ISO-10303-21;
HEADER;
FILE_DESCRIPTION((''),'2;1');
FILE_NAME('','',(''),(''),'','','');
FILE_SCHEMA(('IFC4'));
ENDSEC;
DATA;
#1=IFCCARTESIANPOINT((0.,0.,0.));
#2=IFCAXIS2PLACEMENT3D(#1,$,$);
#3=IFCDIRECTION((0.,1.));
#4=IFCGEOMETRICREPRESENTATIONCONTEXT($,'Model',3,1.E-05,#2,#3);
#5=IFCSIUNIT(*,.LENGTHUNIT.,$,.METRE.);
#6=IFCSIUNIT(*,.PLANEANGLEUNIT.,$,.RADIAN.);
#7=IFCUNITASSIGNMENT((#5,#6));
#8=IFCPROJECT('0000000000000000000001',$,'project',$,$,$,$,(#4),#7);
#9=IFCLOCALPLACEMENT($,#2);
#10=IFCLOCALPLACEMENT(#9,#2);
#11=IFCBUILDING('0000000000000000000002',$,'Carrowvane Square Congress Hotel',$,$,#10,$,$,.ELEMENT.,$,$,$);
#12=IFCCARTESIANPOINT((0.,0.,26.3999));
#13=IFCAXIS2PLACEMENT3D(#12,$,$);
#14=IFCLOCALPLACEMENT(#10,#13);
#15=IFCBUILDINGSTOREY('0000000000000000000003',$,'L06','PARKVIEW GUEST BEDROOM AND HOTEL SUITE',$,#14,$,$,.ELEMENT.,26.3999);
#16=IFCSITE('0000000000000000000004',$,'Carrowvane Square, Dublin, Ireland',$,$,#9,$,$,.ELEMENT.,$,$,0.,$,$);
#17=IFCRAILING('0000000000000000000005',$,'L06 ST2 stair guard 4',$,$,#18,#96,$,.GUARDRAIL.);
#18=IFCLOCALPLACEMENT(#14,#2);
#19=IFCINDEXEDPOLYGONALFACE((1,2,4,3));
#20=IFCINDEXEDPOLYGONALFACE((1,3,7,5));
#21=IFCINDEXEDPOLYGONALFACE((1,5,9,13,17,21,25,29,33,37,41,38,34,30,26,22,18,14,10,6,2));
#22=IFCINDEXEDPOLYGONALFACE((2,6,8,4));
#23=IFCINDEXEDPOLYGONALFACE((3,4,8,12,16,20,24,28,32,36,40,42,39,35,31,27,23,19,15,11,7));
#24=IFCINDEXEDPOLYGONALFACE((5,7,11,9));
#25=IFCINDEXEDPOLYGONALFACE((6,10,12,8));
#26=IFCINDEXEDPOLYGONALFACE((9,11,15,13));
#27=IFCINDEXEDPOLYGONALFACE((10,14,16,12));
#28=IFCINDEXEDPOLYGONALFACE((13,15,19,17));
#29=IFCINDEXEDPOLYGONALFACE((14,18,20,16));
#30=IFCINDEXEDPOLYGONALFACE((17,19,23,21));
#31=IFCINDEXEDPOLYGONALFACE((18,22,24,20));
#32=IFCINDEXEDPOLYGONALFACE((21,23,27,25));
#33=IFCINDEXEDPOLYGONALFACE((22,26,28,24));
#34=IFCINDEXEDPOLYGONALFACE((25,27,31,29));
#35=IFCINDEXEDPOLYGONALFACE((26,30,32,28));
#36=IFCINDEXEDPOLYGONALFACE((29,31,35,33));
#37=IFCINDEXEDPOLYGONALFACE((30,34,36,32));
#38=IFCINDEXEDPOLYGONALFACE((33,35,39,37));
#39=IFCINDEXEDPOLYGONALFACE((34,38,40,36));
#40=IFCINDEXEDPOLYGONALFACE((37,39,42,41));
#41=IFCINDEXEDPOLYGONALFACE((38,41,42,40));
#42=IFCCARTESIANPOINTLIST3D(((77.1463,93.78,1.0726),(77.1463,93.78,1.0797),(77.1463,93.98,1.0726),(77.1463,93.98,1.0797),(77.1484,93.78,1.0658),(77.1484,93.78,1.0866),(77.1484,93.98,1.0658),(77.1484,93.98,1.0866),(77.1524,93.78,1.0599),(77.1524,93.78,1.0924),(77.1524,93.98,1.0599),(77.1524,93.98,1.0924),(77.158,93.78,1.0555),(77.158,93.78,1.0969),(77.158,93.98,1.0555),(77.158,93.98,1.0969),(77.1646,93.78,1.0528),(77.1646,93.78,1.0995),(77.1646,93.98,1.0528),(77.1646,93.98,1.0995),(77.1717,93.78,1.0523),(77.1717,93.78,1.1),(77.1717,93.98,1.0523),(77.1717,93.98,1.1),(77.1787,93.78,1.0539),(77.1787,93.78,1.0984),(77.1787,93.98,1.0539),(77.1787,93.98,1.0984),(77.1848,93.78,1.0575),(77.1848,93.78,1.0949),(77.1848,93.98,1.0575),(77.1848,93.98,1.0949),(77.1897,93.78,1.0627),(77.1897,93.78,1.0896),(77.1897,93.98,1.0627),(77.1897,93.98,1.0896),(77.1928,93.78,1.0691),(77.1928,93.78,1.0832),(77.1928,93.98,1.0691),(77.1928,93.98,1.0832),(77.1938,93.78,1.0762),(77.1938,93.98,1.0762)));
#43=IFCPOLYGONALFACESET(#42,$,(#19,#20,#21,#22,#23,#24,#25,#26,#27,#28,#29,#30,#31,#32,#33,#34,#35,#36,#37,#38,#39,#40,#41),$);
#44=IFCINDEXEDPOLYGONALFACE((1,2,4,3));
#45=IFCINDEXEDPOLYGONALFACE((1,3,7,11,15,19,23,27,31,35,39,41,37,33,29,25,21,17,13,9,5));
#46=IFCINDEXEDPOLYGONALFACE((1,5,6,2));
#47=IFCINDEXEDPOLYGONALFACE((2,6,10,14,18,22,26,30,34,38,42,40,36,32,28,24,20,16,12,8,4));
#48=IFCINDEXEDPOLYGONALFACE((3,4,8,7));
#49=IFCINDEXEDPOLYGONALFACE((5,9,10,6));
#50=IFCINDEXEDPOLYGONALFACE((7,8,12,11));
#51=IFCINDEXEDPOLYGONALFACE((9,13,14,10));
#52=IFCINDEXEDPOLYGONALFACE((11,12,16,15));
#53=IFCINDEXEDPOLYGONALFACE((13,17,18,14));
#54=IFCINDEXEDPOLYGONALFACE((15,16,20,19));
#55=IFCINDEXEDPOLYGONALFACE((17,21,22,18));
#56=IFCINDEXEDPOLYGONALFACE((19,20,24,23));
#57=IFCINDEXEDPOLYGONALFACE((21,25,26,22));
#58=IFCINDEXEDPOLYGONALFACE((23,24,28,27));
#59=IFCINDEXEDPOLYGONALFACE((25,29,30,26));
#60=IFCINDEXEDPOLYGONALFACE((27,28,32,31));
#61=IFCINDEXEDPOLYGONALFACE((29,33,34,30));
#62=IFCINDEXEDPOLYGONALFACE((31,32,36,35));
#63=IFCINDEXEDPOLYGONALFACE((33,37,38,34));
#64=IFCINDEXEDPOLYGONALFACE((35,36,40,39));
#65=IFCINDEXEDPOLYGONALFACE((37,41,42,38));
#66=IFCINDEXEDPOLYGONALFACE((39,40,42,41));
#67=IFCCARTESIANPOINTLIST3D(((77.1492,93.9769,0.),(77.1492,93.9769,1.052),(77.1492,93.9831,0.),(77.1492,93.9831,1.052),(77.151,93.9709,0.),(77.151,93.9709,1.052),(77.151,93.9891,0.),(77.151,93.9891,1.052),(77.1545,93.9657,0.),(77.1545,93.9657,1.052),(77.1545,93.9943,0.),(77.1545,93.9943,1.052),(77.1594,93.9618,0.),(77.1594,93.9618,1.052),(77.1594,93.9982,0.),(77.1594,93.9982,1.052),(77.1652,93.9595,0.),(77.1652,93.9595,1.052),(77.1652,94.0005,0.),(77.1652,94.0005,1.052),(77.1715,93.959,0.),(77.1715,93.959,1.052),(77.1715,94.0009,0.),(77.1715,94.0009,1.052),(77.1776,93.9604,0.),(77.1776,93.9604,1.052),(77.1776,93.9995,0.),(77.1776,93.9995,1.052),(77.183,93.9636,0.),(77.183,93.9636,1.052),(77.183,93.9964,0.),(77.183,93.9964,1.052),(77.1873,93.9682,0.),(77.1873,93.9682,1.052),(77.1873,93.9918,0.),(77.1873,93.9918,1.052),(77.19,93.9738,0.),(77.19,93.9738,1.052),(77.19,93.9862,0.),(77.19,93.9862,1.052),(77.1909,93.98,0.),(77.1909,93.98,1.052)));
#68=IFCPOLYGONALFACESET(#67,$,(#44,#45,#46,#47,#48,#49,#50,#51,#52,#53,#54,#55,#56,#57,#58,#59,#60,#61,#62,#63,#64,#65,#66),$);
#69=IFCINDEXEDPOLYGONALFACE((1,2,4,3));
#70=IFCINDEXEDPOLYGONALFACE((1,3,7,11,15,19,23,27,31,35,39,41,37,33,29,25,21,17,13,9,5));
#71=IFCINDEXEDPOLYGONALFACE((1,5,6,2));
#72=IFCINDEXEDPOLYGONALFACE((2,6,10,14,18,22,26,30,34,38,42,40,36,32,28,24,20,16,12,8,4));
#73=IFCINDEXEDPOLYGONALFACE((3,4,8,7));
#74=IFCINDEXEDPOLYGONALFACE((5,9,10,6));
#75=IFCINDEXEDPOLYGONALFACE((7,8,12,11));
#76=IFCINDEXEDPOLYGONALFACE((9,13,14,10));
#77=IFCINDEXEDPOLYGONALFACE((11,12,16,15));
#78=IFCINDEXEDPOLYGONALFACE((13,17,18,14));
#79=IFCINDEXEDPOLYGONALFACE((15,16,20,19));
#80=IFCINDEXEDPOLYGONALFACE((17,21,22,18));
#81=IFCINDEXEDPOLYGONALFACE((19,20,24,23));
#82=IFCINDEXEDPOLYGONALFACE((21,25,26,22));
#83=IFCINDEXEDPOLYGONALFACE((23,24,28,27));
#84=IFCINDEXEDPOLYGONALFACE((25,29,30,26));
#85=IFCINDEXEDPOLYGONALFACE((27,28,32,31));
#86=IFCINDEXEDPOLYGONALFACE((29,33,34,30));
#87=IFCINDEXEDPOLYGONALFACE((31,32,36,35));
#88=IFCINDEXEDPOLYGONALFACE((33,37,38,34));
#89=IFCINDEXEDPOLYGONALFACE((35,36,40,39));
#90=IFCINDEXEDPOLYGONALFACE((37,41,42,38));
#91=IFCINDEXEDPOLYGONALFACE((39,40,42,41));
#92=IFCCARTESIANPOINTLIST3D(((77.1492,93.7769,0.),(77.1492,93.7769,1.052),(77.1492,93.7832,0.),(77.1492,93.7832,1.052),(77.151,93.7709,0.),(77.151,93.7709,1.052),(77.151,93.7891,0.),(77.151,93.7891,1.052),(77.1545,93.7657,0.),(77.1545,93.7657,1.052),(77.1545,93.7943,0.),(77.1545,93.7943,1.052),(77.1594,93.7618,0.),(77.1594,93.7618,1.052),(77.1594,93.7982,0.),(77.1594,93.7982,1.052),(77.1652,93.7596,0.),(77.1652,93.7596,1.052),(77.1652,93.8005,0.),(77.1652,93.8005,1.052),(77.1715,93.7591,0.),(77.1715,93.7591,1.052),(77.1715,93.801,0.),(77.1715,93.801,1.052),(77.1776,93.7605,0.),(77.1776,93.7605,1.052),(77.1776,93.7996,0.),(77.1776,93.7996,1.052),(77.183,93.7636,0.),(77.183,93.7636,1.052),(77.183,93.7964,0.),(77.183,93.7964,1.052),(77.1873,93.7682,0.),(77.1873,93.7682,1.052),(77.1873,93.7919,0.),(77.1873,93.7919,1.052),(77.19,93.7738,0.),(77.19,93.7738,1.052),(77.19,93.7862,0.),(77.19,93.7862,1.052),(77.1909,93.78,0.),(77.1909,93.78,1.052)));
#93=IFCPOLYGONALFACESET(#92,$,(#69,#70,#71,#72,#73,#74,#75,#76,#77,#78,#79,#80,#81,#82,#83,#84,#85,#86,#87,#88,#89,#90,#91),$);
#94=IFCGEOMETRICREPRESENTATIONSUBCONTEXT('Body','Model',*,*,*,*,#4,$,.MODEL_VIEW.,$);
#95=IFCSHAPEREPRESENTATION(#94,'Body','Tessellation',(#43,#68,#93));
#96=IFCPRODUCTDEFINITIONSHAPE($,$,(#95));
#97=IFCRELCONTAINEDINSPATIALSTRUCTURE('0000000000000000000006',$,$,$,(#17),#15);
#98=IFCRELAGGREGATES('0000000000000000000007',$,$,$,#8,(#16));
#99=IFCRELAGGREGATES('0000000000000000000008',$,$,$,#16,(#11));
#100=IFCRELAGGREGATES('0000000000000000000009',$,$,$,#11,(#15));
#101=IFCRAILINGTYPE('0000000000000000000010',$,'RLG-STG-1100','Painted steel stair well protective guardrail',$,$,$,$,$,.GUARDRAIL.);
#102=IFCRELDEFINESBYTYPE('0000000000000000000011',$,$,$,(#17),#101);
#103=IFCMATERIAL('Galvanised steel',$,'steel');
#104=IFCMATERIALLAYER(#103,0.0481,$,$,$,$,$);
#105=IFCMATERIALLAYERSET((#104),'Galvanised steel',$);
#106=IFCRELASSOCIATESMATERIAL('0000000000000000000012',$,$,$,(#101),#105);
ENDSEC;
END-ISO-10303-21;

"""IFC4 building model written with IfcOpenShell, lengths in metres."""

from ifc_helpers import new_model, si_unit, direction, frame, origin, origin_2d, place, context, subcontext, project, spatial, circle, extrude, material, layer, layer_set, type_object, element, save


model = new_model("IFC4")

# Units and contexts
model_context = context("Model", 3, precision=1e-05, world=origin(), true_north=direction((0.0, 1.0)))
body_context = subcontext(model_context, "Body", "Model", "MODEL_VIEW")
ifc_project = project(units=[si_unit("LENGTHUNIT", "METRE"), si_unit("PLANEANGLEUNIT", "RADIAN")], contexts=[model_context])

# Site, building, storey
site_placement = place(None, origin())
site = spatial("IfcSite", under=ifc_project, at=site_placement, Name="Carrowvane Square, Dublin, Ireland", CompositionType="ELEMENT", RefElevation=0.0)
building_placement = place(site_placement, origin())
building = spatial("IfcBuilding", under=site, at=building_placement, Name="Carrowvane Square Congress Hotel", CompositionType="ELEMENT")
storey_placement = place(building_placement, frame((0.0, 0.0, 26.3999)))
storey = spatial("IfcBuildingStorey", under=building, at=storey_placement, Name="L06", Description="PARKVIEW GUEST BEDROOM AND HOTEL SUITE", CompositionType="ELEMENT", Elevation=26.3999)

# Railing
ifc_material_1 = material(Name="Galvanised steel", Category="steel")
ifc_layer_1 = layer(ifc_material_1, 0.0481)
ifc_layer_set_1 = layer_set([ifc_layer_1], Name="Galvanised steel")
railing_type_1 = type_object("IfcRailingType", Name="RLG-STG-1100", Description="Painted steel stair well protective guardrail", PredefinedType="GUARDRAIL", material=ifc_layer_set_1)
railing_1_placement = place(storey_placement, frame((77.1699, 93.98, 0.0)))
element("IfcRailing", 1, at=railing_1_placement, inside=storey, type_object=railing_type_1, Name="L06 ST2 stair guard 4", PredefinedType="GUARDRAIL", context=body_context, shape_type="SweptSolid", body=[
    extrude(circle(Radius=0.0239, at=origin_2d()), frame((0.0, 0.0, 1.0762), z_axis=(0.0, -1.0, 0.0), x_axis=(1.0, 0.0, 0.0)), (0.0, 0.0, 1.0), 0.2),
    extrude(circle(Radius=0.021, at=origin_2d()), origin(), (0.0, 0.0, 1.0), 1.052),
    extrude(circle(Radius=0.021, at=origin_2d()), frame((0.0, -0.2, 0.0)), (0.0, 0.0, 1.0), 1.052),
])

save(model, "model.ifc")
